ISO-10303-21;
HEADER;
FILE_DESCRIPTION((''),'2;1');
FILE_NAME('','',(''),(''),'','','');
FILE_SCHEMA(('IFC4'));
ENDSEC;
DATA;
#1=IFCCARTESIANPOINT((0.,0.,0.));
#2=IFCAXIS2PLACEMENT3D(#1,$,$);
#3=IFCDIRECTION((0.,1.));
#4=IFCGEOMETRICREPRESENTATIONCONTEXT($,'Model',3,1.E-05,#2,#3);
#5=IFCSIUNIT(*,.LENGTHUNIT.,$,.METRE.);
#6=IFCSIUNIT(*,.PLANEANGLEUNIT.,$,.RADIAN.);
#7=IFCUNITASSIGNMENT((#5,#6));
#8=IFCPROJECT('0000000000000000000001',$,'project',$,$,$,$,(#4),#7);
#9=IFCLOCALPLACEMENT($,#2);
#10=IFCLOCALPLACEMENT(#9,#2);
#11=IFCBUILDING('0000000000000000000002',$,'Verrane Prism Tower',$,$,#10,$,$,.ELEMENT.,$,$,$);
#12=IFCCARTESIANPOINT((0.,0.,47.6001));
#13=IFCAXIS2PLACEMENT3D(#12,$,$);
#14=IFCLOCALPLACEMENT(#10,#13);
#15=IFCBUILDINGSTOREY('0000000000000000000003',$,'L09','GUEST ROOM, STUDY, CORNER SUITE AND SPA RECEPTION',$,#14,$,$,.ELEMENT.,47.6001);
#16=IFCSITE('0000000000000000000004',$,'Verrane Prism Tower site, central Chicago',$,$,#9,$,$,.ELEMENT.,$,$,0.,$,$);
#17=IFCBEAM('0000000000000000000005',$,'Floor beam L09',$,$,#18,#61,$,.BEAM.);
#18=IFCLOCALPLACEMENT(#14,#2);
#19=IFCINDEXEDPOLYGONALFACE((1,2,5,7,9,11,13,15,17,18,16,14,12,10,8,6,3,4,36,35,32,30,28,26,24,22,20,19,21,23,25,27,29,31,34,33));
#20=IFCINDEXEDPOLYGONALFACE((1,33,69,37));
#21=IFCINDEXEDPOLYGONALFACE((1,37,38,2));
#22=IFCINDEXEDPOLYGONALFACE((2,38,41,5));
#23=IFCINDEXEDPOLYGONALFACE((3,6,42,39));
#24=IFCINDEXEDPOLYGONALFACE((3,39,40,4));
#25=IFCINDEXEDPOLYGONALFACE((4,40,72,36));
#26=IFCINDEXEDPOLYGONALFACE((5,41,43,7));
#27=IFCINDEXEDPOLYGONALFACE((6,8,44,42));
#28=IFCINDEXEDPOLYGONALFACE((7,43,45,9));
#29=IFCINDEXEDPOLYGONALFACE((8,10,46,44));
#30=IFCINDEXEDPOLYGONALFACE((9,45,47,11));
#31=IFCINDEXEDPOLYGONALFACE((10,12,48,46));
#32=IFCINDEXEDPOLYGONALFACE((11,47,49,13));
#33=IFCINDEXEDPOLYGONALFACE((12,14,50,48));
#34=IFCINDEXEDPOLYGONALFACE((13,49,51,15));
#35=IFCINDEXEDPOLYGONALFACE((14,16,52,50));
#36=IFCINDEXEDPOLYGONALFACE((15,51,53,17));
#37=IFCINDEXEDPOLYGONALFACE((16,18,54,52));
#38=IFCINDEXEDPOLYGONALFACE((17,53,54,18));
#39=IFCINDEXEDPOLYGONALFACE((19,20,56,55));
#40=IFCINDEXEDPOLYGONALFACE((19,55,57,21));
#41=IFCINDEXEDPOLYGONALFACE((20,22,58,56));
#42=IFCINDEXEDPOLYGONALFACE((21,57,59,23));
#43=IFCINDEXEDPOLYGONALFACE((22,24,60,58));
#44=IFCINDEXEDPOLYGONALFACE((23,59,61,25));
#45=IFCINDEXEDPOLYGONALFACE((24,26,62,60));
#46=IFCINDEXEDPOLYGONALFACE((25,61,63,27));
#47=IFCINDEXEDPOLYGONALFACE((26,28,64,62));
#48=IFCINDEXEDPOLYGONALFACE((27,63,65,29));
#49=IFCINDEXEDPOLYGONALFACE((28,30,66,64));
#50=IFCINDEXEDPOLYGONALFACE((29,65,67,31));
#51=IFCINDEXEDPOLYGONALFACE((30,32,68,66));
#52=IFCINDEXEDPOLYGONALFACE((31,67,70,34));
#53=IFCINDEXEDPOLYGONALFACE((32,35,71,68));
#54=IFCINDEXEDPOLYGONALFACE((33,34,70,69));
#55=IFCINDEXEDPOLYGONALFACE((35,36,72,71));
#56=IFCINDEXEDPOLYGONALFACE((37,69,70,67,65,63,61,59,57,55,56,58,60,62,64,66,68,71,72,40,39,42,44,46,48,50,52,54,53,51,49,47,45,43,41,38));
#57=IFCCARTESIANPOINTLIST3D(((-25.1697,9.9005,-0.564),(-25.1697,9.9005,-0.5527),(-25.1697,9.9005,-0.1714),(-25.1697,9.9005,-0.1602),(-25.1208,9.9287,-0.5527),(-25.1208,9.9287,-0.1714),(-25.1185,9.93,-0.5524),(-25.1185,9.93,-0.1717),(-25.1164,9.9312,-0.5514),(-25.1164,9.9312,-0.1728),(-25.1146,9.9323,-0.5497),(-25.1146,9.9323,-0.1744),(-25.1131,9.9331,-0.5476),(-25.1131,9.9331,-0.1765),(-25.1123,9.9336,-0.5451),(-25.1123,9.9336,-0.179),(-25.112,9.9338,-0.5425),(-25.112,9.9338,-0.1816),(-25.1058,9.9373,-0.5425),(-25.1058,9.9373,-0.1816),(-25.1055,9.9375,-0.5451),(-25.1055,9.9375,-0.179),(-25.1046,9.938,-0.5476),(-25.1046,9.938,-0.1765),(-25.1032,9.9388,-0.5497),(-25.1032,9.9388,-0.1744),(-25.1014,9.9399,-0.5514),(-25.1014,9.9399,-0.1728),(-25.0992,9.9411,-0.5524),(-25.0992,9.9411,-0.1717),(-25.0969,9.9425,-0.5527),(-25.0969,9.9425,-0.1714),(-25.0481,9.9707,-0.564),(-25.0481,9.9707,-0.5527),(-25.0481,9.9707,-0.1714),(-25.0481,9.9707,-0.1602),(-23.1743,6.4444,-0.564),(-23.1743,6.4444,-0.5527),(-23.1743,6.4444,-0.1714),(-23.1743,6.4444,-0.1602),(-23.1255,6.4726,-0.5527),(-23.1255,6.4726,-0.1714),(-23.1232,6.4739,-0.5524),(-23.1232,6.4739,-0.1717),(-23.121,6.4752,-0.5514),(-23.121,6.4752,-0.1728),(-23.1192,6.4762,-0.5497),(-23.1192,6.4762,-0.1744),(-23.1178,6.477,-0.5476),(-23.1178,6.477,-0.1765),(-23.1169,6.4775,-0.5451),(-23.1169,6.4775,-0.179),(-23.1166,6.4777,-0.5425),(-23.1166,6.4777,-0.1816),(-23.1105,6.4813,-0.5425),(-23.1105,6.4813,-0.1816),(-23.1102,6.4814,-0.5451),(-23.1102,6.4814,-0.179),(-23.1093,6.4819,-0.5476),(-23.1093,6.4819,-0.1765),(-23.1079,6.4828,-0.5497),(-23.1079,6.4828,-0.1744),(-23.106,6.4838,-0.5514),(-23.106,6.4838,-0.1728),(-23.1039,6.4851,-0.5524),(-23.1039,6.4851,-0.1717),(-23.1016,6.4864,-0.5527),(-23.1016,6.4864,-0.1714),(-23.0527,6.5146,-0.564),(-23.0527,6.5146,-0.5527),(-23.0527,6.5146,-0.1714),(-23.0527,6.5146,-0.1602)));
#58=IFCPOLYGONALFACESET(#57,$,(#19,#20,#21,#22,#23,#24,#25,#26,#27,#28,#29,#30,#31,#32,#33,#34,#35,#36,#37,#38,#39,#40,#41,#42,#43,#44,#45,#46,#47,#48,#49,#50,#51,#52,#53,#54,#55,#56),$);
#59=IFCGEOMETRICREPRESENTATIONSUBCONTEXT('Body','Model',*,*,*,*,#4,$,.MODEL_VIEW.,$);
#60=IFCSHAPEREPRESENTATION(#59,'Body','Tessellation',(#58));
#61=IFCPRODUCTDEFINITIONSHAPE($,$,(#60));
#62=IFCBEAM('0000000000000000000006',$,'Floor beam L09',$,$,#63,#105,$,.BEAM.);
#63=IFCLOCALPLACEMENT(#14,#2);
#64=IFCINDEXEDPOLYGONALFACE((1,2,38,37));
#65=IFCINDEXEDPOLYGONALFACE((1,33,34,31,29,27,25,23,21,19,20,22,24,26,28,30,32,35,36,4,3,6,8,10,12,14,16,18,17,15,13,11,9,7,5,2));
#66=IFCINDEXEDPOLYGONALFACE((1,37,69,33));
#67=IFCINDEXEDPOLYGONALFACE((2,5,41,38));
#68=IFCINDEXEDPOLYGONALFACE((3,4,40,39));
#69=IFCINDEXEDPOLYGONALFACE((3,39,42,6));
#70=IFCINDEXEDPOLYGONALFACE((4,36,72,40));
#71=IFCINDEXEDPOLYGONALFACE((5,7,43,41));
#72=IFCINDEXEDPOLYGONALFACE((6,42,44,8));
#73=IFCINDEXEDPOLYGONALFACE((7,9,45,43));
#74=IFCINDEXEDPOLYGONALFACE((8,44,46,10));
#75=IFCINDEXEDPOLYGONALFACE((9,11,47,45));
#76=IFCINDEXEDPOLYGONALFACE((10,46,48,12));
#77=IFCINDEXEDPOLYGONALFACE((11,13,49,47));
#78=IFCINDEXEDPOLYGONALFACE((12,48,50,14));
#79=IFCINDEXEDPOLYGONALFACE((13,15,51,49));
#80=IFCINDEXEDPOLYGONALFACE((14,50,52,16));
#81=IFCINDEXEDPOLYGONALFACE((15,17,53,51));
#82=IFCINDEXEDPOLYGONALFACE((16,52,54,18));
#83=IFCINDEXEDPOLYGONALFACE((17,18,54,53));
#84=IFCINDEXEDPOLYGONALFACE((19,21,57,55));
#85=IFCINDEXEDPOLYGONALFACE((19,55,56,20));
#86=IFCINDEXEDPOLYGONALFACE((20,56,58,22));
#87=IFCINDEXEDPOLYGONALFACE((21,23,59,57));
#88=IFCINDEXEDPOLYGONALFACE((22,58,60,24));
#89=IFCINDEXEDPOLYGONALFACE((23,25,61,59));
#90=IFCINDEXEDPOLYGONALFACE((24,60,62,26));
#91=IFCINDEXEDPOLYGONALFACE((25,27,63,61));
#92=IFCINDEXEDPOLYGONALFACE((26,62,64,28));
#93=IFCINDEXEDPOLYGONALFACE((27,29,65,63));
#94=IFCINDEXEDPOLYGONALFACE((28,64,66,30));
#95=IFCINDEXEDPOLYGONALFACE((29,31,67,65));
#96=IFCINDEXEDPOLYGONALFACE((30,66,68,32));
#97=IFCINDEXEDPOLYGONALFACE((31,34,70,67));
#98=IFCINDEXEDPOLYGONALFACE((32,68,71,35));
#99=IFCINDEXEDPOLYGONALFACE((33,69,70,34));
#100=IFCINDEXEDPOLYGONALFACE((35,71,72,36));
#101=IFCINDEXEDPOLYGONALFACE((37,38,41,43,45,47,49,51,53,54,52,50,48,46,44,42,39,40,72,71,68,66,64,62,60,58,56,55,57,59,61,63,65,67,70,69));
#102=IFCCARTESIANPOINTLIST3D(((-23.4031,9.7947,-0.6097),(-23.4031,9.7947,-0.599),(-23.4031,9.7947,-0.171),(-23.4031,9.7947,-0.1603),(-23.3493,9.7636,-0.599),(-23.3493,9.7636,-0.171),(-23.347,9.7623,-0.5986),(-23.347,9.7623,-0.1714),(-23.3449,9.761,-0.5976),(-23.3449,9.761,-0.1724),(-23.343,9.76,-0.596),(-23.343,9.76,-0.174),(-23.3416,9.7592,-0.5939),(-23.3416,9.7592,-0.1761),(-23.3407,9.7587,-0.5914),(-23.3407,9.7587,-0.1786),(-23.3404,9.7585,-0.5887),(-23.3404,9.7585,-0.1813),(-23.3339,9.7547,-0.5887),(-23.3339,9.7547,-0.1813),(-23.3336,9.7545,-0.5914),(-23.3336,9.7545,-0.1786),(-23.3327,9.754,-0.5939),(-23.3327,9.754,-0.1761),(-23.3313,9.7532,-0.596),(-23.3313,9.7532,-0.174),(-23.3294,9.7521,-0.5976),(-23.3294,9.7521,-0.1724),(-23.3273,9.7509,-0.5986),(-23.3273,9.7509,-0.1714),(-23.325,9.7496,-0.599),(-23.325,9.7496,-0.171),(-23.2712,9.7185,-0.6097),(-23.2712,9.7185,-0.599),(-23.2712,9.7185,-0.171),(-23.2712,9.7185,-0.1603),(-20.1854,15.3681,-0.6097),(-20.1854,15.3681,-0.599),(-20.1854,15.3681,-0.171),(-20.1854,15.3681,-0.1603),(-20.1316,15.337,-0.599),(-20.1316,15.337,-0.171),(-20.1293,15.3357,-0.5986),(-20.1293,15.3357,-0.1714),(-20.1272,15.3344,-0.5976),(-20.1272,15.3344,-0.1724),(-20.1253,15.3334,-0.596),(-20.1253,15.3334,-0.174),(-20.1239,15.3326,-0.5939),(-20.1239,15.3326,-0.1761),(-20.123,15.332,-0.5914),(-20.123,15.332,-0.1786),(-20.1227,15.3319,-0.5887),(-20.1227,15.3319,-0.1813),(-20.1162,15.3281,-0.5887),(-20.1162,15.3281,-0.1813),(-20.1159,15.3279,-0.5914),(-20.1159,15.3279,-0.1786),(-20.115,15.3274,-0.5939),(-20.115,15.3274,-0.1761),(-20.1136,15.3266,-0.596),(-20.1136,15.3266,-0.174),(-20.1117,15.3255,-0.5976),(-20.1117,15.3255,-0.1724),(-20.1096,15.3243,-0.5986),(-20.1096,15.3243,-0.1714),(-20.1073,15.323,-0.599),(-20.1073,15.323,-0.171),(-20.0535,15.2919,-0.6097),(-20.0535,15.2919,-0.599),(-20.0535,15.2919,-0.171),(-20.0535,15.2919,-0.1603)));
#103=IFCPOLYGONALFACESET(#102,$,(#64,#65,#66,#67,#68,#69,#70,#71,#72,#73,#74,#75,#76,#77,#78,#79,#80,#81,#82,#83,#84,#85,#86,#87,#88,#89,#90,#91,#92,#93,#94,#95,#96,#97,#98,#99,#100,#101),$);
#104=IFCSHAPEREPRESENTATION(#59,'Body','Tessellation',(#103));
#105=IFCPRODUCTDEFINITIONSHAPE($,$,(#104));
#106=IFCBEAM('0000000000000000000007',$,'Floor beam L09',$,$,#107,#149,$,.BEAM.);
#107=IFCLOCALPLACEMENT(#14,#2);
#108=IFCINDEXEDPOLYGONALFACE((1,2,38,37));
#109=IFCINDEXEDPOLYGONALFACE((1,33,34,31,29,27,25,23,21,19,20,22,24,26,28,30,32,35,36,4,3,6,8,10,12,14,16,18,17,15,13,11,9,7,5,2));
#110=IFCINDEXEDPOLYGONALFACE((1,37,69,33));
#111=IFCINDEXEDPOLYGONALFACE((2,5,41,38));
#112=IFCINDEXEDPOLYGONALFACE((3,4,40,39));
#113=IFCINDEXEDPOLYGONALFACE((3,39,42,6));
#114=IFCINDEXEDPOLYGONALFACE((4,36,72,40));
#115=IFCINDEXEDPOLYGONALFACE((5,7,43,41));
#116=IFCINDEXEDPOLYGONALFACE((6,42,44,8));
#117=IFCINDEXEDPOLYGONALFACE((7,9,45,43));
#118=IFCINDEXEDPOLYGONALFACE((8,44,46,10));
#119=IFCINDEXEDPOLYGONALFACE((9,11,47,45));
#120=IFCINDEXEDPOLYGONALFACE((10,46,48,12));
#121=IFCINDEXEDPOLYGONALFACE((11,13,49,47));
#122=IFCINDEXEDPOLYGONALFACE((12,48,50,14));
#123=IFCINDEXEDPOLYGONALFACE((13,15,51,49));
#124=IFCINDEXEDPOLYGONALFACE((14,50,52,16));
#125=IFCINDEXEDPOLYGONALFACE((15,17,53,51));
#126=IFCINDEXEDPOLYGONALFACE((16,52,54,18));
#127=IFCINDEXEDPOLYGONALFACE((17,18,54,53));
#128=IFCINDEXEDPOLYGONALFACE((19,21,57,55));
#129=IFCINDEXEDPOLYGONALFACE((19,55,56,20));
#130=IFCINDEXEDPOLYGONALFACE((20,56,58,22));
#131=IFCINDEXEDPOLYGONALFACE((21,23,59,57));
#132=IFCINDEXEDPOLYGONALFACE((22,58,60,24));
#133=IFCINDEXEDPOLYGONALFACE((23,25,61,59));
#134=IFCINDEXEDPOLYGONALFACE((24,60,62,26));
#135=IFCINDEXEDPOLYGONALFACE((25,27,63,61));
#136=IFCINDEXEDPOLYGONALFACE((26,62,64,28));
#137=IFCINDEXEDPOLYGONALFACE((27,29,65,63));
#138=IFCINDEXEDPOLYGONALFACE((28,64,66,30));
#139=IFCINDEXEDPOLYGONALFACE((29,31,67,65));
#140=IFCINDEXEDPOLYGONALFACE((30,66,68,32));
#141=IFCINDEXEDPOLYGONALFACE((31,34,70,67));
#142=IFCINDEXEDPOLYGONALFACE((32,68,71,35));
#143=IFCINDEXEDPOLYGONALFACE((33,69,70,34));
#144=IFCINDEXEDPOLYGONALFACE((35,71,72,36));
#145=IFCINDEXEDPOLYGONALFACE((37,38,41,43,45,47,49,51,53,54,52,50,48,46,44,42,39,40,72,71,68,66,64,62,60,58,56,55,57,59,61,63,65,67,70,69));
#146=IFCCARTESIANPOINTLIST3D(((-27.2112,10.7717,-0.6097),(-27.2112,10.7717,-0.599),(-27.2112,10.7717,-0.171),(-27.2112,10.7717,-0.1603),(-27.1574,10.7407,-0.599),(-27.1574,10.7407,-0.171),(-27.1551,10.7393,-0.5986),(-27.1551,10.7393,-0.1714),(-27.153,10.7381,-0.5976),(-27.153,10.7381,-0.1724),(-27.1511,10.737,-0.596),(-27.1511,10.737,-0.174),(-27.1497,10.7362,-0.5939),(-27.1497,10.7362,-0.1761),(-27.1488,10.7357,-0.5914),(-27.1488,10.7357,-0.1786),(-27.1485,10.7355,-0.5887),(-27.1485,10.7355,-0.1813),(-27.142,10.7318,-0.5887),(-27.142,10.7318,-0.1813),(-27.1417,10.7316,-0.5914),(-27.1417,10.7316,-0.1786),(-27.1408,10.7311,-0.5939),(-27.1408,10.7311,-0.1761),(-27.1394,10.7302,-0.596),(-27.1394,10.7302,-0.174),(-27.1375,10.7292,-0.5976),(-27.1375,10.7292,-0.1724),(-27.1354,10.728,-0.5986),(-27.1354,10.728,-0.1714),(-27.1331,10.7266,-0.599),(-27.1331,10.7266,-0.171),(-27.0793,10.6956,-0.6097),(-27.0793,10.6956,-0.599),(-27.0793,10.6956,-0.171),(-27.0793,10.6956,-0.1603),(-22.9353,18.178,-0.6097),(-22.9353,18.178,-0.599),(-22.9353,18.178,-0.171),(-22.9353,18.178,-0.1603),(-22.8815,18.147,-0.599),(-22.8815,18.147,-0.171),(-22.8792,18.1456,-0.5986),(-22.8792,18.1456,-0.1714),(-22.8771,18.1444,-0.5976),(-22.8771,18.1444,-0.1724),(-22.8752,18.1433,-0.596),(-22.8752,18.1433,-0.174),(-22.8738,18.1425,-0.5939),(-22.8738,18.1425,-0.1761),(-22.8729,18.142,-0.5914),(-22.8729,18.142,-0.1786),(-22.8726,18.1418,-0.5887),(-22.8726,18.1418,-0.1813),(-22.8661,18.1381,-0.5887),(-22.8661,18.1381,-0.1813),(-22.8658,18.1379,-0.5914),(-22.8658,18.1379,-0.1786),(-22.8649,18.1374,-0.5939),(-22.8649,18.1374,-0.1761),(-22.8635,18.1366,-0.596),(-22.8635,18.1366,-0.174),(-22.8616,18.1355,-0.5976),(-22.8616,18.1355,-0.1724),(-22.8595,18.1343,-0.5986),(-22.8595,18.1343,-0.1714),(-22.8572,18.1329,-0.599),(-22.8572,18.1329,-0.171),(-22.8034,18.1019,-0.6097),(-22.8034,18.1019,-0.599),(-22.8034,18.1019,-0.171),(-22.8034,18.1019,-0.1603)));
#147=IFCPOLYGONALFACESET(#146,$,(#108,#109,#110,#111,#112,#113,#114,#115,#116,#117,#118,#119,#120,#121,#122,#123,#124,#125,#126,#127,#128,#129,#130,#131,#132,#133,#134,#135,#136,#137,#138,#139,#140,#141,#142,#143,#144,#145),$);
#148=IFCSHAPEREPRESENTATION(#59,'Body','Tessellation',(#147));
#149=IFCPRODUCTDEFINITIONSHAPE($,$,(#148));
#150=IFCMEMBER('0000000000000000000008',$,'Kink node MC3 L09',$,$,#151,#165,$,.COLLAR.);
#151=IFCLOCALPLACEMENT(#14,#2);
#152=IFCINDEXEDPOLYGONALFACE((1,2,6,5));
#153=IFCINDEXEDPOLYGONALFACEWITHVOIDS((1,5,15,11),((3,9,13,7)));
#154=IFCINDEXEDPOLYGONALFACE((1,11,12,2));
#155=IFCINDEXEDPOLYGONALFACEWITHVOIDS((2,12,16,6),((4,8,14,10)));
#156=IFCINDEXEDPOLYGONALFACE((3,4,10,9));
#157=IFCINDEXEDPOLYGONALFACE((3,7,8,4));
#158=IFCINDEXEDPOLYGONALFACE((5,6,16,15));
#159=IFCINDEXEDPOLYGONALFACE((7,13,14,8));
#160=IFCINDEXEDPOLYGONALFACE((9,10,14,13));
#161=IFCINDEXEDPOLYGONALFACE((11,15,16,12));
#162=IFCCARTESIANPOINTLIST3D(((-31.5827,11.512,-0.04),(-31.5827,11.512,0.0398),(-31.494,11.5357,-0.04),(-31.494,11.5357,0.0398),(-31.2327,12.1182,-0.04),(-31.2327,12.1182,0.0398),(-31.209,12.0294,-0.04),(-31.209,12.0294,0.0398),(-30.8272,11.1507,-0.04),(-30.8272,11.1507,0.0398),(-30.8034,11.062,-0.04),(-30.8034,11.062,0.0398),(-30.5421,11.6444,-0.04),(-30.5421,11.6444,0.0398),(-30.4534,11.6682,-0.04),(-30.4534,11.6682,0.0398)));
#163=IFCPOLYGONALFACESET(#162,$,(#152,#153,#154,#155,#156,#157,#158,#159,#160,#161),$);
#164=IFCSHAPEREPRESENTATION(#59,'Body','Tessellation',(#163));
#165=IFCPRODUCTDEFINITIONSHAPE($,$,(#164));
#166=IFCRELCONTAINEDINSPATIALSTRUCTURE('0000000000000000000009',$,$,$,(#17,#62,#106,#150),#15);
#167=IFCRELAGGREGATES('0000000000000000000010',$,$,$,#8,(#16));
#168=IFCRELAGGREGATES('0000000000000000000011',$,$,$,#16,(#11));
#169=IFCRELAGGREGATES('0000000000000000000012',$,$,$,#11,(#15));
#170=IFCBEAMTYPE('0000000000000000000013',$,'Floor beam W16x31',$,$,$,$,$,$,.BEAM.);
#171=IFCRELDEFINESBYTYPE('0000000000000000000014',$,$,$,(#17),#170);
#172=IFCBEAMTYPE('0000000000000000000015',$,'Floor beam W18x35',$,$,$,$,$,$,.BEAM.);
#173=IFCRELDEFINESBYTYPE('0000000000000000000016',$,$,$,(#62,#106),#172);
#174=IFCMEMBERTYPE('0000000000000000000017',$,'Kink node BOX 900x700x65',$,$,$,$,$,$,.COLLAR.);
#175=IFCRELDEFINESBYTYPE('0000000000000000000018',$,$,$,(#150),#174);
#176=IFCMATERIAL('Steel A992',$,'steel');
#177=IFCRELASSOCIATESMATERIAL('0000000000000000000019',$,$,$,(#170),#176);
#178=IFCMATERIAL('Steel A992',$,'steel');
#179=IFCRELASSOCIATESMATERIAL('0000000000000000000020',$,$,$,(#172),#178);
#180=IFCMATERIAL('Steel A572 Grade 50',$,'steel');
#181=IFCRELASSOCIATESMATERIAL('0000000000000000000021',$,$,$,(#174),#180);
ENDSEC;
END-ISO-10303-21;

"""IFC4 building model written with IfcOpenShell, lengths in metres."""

from ifc_helpers import new_model, si_unit, direction, frame, origin, origin_2d, place, context, subcontext, project, spatial, hollow_rectangle, i_section, extrude, material, material_profile, profile_set, type_object, element, save


model = new_model("IFC4")

# Units and contexts
model_context = context("Model", 3, precision=1e-05, world=origin(), true_north=direction((0.0, 1.0)))
body_context = subcontext(model_context, "Body", "Model", "MODEL_VIEW")
ifc_project = project(units=[si_unit("LENGTHUNIT", "METRE"), si_unit("PLANEANGLEUNIT", "RADIAN")], contexts=[model_context])

# Site, building, storey
site_placement = place(None, origin())
site = spatial("IfcSite", under=ifc_project, at=site_placement, Name="Verrane Prism Tower site, central Chicago", CompositionType="ELEMENT", RefElevation=0.0)
building_placement = place(site_placement, origin())
building = spatial("IfcBuilding", under=site, at=building_placement, Name="Verrane Prism Tower", CompositionType="ELEMENT")
storey_placement = place(building_placement, frame((0.0, 0.0, 47.6001)))
storey = spatial("IfcBuildingStorey", under=building, at=storey_placement, Name="L09", Description="GUEST ROOM, STUDY, CORNER SUITE AND SPA RECEPTION", CompositionType="ELEMENT", Elevation=47.6001)

# Beams
ifc_material_1 = material(Name="Steel A992", Category="steel")
ifc_material_profile_1 = material_profile(ifc_material_1, i_section(OverallWidth=0.1404, OverallDepth=0.4038, WebThickness=0.0071, FlangeThickness=0.0112, FilletRadius=0.0103, at=origin_2d()), Name="W16x31")
ifc_profile_set_1 = profile_set([ifc_material_profile_1], Name="Steel A992")
beam_type_1 = type_object("IfcBeamType", Name="Floor beam W16x31", PredefinedType="BEAM", material=ifc_profile_set_1)
beam_1_placement = place(storey_placement, frame((-23.1135, 6.4795, -0.3621), z_axis=(-0.500001, 0.866025, 0.0), x_axis=(-0.866025, -0.500001, 0.0)))
element("IfcBeam", 1, at=beam_1_placement, inside=storey, type_object=beam_type_1, Name="Floor beam L09", PredefinedType="BEAM", context=body_context, shape_type="SweptSolid", body=[
    extrude(i_section(OverallWidth=0.1404, OverallDepth=0.4038, WebThickness=0.0071, FlangeThickness=0.0112, FilletRadius=0.0103, at=origin_2d()), origin(), (0.0, 0.0, 1.0), 3.9907),
])
ifc_material_2 = material(Name="Steel A992", Category="steel")
ifc_material_profile_2 = material_profile(ifc_material_2, i_section(OverallWidth=0.1523, OverallDepth=0.4495, WebThickness=0.0076, FlangeThickness=0.0107, FilletRadius=0.0103, at=origin_2d()), Name="W18x35")
ifc_profile_set_2 = profile_set([ifc_material_profile_2], Name="Steel A992")
beam_type_2 = type_object("IfcBeamType", Name="Floor beam W18x35", PredefinedType="BEAM", material=ifc_profile_set_2)
beam_2_placement = place(storey_placement, frame((-23.3372, 9.7566, -0.385), z_axis=(0.499991, 0.866031, 0.0), x_axis=(-0.866031, 0.499991, 0.0)))
element("IfcBeam", 2, at=beam_2_placement, inside=storey, type_object=beam_type_2, Name="Floor beam L09", PredefinedType="BEAM", context=body_context, shape_type="SweptSolid", body=[
    extrude(i_section(OverallWidth=0.1523, OverallDepth=0.4495, WebThickness=0.0076, FlangeThickness=0.0107, FilletRadius=0.0103, at=origin_2d()), origin(), (0.0, 0.0, 1.0), 6.4355),
])
beam_3_placement = place(storey_placement, frame((-27.1453, 10.7336, -0.385), z_axis=(0.499989, 0.866032, 0.0), x_axis=(-0.866032, 0.499989, 0.0)))
element("IfcBeam", 3, at=beam_3_placement, inside=storey, type_object=beam_type_2, Name="Floor beam L09", PredefinedType="BEAM", context=body_context, shape_type="SweptSolid", body=[
    extrude(i_section(OverallWidth=0.1523, OverallDepth=0.4495, WebThickness=0.0076, FlangeThickness=0.0107, FilletRadius=0.0103, at=origin_2d()), origin(), (0.0, 0.0, 1.0), 8.552),
])

# Member
ifc_material_3 = material(Name="Steel A572 Grade 50", Category="steel")
ifc_material_profile_3 = material_profile(ifc_material_3, hollow_rectangle(XDim=0.7, YDim=0.8999, WallThickness=0.0649, at=origin_2d()), Name="BOX 900x700x65")
ifc_profile_set_3 = profile_set([ifc_material_profile_3], Name="Steel A572 Grade 50")
member_type_1 = type_object("IfcMemberType", Name="Kink node BOX 900x700x65", PredefinedType="COLLAR", material=ifc_profile_set_3)
member_1_placement = place(storey_placement, frame((-31.0181, 11.5901, -0.04), z_axis=(0.0, 0.0, 1.0), x_axis=(0.5, 0.866025, 0.0)))
element("IfcMember", 4, at=member_1_placement, inside=storey, type_object=member_type_1, Name="Kink node MC3 L09", PredefinedType="COLLAR", context=body_context, shape_type="SweptSolid", body=[
    extrude(hollow_rectangle(XDim=0.7, YDim=0.8999, WallThickness=0.0649, at=origin_2d()), origin(), (0.0, 0.0, 1.0), 0.0798),
])

save(model, "model.ifc")
